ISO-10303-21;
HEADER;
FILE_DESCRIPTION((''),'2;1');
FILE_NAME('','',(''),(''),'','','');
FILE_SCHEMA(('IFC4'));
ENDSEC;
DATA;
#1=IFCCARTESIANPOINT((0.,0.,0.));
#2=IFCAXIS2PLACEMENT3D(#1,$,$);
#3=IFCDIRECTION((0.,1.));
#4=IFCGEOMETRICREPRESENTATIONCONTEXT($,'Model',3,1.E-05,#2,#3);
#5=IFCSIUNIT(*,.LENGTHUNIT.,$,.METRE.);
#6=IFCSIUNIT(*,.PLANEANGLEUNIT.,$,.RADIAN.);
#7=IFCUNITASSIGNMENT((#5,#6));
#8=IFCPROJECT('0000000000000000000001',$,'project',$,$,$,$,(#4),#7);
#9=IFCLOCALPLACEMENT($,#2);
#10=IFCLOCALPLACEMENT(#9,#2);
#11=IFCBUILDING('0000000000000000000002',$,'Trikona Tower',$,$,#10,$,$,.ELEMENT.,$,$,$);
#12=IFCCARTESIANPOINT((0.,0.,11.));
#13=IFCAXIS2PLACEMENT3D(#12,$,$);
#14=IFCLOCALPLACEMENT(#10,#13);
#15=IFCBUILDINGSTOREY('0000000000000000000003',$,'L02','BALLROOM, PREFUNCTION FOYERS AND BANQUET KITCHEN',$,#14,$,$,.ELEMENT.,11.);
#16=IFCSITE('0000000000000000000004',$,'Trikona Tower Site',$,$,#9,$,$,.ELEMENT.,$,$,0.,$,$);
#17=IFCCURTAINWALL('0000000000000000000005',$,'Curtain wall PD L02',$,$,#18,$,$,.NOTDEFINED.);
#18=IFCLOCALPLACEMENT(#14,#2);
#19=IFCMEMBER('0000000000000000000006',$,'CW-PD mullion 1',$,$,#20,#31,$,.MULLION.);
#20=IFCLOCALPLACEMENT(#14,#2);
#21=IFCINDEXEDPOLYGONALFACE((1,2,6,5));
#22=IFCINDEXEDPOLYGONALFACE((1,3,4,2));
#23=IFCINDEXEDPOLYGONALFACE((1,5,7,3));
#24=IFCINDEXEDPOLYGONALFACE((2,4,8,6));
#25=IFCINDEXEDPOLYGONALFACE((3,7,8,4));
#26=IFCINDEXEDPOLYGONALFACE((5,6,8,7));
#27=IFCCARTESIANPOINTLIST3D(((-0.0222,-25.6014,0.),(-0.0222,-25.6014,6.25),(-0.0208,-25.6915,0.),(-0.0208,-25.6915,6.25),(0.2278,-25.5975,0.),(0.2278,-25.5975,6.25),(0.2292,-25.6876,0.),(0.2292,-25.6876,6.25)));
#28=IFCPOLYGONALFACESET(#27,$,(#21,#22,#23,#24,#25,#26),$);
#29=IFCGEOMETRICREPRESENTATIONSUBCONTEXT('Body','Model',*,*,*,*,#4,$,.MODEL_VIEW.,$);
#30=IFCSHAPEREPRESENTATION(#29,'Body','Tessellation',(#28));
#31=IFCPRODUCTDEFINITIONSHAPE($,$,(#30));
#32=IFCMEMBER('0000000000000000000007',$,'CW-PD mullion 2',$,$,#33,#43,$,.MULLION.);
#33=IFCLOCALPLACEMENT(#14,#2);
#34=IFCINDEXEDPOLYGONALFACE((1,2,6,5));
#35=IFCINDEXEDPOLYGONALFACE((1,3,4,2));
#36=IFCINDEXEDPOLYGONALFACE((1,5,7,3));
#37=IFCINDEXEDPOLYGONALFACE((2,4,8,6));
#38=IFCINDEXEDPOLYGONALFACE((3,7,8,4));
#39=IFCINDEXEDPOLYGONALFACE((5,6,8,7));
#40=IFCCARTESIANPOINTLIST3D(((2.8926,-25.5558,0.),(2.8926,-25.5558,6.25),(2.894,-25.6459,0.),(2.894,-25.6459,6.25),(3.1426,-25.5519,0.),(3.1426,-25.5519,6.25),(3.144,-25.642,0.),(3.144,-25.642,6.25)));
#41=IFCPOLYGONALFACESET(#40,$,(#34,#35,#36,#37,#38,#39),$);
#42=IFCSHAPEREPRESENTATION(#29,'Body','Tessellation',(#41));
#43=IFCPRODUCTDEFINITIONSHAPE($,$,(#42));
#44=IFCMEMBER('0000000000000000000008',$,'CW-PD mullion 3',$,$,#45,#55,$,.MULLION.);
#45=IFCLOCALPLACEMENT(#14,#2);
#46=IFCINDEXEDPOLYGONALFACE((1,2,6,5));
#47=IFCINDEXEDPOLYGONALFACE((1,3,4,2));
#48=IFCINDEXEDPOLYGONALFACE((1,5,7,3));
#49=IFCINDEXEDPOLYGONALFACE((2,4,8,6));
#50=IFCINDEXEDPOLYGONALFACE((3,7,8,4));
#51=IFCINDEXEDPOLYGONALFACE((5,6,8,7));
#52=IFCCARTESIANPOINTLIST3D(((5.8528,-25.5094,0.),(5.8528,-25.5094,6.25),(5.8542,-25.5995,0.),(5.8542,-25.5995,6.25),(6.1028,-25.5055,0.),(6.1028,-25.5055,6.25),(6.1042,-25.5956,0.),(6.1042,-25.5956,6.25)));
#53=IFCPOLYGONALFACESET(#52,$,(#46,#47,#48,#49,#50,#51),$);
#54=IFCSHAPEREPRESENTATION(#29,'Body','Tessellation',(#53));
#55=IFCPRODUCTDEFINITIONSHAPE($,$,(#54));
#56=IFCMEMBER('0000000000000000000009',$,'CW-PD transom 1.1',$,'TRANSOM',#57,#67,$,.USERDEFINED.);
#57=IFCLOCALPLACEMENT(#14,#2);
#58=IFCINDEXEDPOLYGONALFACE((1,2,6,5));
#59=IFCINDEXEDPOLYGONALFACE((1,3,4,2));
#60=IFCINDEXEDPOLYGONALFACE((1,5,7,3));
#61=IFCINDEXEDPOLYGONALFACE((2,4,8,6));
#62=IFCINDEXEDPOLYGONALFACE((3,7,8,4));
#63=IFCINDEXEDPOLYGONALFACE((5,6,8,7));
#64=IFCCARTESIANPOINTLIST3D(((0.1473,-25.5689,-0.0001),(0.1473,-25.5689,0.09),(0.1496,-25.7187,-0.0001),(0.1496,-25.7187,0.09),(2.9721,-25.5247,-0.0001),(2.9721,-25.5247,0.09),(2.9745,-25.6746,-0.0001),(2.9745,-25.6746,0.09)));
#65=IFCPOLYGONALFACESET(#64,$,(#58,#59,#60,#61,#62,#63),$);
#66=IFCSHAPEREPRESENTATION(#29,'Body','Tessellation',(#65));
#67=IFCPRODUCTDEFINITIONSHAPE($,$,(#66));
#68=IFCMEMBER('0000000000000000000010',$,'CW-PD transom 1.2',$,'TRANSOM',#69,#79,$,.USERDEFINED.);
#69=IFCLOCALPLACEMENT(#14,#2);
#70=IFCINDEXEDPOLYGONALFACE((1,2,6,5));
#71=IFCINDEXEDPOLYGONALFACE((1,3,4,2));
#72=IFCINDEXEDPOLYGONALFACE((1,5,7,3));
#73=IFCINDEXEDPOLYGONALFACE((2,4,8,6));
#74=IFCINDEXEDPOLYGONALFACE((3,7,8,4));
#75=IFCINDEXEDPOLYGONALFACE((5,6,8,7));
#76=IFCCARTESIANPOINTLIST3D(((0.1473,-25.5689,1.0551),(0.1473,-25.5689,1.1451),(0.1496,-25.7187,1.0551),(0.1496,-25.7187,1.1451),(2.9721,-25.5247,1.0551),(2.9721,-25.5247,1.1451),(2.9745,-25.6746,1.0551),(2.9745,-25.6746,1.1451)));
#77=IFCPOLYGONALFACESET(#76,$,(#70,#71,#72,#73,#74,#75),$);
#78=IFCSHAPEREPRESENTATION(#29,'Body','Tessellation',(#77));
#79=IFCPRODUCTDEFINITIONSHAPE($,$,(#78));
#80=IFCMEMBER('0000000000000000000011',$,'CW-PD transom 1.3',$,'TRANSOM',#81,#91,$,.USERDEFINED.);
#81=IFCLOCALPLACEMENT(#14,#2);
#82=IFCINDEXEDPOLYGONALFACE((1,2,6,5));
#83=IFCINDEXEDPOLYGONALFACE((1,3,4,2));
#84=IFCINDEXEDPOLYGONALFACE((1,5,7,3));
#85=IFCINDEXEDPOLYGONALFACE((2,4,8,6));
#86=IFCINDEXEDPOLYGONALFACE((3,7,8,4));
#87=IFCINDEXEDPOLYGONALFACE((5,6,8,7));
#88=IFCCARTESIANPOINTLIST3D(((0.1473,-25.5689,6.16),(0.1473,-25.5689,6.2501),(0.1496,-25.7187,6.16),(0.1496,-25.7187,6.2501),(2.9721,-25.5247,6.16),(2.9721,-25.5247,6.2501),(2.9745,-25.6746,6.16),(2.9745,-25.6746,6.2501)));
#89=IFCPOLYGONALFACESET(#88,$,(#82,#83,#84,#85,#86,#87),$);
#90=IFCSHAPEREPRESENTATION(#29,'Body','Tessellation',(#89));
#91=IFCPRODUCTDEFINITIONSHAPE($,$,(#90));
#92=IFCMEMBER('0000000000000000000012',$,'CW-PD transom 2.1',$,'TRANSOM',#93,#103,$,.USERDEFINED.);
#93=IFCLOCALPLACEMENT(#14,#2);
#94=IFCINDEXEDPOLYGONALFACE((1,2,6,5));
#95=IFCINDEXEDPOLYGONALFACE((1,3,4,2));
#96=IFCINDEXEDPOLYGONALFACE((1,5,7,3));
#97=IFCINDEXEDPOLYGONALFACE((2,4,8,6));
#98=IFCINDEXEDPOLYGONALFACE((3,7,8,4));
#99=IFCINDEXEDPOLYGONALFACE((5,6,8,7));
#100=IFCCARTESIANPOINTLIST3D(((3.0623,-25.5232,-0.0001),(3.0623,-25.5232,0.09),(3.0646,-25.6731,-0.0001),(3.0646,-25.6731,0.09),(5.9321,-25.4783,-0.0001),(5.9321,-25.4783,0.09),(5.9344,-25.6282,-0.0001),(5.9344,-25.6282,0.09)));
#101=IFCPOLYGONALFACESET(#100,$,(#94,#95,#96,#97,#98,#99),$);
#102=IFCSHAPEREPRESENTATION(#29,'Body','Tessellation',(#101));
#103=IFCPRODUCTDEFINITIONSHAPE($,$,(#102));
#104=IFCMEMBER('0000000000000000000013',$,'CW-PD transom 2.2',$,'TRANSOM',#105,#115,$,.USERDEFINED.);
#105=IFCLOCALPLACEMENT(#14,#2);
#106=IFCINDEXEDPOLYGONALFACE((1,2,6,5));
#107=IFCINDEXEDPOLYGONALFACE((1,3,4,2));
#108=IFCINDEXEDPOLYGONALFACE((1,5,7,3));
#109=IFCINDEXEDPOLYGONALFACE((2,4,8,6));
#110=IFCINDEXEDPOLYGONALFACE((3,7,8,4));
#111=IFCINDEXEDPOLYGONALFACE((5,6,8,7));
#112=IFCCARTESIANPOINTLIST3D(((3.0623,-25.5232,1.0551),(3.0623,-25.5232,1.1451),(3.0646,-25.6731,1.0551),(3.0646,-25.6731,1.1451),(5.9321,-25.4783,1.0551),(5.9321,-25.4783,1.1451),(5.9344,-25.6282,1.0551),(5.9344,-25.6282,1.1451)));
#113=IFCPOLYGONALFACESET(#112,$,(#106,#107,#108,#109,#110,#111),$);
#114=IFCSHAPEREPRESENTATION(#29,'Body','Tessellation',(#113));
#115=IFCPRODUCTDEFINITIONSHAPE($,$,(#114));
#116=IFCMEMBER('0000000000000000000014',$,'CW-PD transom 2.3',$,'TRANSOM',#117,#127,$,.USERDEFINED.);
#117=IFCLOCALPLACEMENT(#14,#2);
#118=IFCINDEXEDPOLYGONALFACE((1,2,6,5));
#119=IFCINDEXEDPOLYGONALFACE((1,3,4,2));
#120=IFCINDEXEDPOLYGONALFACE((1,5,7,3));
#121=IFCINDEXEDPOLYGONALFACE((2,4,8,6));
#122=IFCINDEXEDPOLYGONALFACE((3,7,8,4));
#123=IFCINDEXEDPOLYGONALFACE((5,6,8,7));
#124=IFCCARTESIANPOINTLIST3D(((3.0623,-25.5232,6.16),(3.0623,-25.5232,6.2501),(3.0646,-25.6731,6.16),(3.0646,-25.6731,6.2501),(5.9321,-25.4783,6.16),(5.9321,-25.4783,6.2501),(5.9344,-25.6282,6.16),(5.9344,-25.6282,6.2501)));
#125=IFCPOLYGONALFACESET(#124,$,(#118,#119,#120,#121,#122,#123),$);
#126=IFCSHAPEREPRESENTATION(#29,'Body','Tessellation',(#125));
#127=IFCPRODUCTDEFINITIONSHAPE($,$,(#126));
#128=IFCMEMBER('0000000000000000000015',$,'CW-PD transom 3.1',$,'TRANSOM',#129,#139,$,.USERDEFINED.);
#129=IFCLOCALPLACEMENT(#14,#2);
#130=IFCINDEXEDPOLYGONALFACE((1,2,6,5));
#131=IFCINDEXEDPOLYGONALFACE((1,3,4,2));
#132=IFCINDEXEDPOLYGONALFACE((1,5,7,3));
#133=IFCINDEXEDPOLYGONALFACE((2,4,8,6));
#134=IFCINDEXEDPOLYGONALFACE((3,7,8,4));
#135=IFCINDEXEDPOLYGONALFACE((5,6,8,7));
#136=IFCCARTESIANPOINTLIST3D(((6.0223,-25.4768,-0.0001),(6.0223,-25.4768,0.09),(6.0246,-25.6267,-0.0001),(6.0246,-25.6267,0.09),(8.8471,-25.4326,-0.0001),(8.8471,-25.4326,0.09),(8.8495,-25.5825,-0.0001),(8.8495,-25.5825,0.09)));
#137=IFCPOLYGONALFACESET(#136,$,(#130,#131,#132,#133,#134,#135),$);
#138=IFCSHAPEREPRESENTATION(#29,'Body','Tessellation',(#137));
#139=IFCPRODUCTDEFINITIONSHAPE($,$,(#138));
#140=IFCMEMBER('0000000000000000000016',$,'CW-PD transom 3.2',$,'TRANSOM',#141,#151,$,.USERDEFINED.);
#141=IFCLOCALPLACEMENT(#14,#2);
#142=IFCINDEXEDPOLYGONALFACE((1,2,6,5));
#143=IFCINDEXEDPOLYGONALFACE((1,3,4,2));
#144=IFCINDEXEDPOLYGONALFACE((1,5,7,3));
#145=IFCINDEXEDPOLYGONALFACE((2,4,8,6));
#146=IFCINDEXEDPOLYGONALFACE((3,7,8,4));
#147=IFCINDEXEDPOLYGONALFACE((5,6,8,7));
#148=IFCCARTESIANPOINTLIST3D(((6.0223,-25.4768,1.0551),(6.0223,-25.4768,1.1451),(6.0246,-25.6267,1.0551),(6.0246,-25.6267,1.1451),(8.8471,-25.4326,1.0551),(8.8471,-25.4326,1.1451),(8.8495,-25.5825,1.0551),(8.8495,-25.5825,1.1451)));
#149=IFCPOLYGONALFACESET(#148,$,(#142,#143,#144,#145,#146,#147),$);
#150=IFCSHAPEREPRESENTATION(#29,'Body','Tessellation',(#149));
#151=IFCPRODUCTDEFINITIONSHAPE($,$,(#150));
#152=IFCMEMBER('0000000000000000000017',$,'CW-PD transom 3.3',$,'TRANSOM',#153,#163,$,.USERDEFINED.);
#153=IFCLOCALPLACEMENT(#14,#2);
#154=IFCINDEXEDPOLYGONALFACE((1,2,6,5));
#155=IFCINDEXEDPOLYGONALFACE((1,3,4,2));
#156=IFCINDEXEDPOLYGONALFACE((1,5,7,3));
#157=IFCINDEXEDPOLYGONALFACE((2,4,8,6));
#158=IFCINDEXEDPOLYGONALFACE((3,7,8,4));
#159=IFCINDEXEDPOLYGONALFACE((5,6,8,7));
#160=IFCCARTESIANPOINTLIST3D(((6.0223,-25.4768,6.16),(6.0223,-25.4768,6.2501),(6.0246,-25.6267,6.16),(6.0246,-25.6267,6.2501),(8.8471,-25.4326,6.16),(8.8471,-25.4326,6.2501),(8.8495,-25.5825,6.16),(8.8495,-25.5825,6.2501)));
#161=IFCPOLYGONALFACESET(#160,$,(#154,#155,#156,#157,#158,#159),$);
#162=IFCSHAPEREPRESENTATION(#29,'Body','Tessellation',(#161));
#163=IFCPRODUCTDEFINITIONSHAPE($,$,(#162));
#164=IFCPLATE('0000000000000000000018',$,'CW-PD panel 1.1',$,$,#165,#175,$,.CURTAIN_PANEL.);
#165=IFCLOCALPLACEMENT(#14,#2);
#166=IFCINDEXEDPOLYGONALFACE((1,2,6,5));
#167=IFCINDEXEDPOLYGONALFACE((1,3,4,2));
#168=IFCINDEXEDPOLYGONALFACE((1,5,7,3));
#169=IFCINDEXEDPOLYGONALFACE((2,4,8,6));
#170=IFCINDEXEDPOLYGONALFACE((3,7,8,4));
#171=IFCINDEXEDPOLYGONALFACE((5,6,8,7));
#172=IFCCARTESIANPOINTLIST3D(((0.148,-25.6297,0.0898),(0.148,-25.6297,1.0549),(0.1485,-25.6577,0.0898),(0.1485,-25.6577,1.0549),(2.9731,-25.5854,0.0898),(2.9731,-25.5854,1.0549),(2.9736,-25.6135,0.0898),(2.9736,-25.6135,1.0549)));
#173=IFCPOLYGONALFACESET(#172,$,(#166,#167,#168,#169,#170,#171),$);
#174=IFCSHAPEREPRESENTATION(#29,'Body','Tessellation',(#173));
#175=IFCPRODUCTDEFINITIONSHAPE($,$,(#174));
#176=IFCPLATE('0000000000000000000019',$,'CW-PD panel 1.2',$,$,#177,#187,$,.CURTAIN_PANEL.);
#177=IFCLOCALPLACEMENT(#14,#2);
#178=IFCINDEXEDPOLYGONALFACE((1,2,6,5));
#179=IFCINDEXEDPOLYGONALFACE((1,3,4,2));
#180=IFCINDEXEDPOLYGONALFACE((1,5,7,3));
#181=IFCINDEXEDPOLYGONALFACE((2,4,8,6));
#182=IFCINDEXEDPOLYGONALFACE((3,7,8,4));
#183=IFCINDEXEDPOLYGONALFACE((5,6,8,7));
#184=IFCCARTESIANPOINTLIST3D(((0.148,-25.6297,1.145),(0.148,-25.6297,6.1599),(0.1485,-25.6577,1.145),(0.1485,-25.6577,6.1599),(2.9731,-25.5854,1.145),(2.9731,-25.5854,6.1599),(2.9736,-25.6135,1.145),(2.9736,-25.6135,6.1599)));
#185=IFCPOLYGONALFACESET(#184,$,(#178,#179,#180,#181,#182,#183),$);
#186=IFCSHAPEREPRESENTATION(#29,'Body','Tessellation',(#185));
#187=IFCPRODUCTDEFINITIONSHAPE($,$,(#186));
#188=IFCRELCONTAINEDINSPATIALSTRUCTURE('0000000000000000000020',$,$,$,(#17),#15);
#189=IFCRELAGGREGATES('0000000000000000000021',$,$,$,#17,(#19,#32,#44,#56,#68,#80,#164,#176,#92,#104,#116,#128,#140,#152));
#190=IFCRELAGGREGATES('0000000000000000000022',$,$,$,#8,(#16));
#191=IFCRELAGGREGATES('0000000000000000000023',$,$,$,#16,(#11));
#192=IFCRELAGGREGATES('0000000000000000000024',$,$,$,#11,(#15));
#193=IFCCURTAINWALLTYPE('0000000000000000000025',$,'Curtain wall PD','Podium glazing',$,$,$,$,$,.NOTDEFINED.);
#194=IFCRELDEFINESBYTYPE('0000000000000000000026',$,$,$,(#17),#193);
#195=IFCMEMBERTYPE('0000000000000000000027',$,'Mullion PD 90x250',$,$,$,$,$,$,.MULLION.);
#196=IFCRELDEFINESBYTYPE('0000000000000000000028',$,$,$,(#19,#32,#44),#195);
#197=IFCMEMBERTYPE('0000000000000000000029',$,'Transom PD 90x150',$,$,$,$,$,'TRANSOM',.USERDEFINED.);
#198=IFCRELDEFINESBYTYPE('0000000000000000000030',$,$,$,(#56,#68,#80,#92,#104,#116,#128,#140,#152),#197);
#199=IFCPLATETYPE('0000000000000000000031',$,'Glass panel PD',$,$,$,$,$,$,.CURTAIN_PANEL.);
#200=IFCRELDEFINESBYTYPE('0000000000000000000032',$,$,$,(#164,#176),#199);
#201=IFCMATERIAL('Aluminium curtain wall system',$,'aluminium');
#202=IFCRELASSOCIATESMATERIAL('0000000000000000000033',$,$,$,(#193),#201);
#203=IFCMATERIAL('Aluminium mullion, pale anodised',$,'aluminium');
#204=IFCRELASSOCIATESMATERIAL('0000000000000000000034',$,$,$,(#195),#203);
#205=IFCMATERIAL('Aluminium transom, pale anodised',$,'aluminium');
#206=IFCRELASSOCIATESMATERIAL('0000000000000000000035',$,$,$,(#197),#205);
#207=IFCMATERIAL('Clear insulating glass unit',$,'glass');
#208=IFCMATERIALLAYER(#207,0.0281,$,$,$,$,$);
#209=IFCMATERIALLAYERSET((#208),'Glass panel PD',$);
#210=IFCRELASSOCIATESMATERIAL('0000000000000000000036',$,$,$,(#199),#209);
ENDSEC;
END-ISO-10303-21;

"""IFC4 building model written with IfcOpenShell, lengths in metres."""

from ifc_helpers import new_model, si_unit, direction, frame, origin, origin_2d, place, context, subcontext, project, spatial, rectangle, extrude, material, layer, layer_set, material_profile, profile_set, type_object, element, aggregate, save


model = new_model("IFC4")

# Units and contexts
model_context = context("Model", 3, precision=1e-05, world=origin(), true_north=direction((0.0, 1.0)))
body_context = subcontext(model_context, "Body", "Model", "MODEL_VIEW")
ifc_project = project(units=[si_unit("LENGTHUNIT", "METRE"), si_unit("PLANEANGLEUNIT", "RADIAN")], contexts=[model_context])

# Site, building, storey
site_placement = place(None, origin())
site = spatial("IfcSite", under=ifc_project, at=site_placement, Name="Trikona Tower Site", CompositionType="ELEMENT", RefElevation=0.0)
building_placement = place(site_placement, origin())
building = spatial("IfcBuilding", under=site, at=building_placement, Name="Trikona Tower", CompositionType="ELEMENT")
storey_placement = place(building_placement, frame((0.0, 0.0, 11.0)))
storey = spatial("IfcBuildingStorey", under=building, at=storey_placement, Name="L02", Description="BALLROOM, PREFUNCTION FOYERS AND BANQUET KITCHEN", CompositionType="ELEMENT", Elevation=11.0)

# Curtain wall, members, plates
ifc_material_1 = material(Name="Aluminium curtain wall system", Category="aluminium")
curtain_wall_type = type_object("IfcCurtainWallType", Name="Curtain wall PD", Description="Podium glazing", PredefinedType="NOTDEFINED", material=ifc_material_1)
curtain_wall_placement = place(storey_placement, origin())
curtain_wall = element("IfcCurtainWall", 1, at=curtain_wall_placement, inside=storey, type_object=curtain_wall_type, Name="Curtain wall PD L02", PredefinedType="NOTDEFINED")
ifc_material_2 = material(Name="Aluminium mullion, pale anodised", Category="aluminium")
ifc_material_profile_1 = material_profile(ifc_material_2, rectangle(XDim=0.0901, YDim=0.25, at=origin_2d()), Name="MUL-PD")
ifc_profile_set_1 = profile_set([ifc_material_profile_1], Name="Aluminium mullion, pale anodised")
member_type_1 = type_object("IfcMemberType", Name="Mullion PD 90x250", PredefinedType="MULLION", material=ifc_profile_set_1)
member_1_placement = place(storey_placement, frame((0.1035, -25.6445, 0.0), z_axis=(0.0, 0.0, 1.0), x_axis=(-0.015651, 0.999878, 0.0)))
member_1 = element("IfcMember", 2, at=member_1_placement, type_object=member_type_1, Name="CW-PD mullion 1", PredefinedType="MULLION", context=body_context, shape_type="SweptSolid", body=[
    extrude(rectangle(XDim=0.0901, YDim=0.25, at=origin_2d()), origin(), (0.0, 0.0, 1.0), 6.25),
])
member_2_placement = place(storey_placement, frame((3.0183, -25.5989, 0.0), z_axis=(0.0, 0.0, 1.0), x_axis=(-0.015651, 0.999878, 0.0)))
member_2 = element("IfcMember", 3, at=member_2_placement, type_object=member_type_1, Name="CW-PD mullion 2", PredefinedType="MULLION", context=body_context, shape_type="SweptSolid", body=[
    extrude(rectangle(XDim=0.0901, YDim=0.25, at=origin_2d()), origin(), (0.0, 0.0, 1.0), 6.25),
])
member_3_placement = place(storey_placement, frame((5.9785, -25.5525, 0.0), z_axis=(0.0, 0.0, 1.0), x_axis=(-0.015651, 0.999878, 0.0)))
member_3 = element("IfcMember", 4, at=member_3_placement, type_object=member_type_1, Name="CW-PD mullion 3", PredefinedType="MULLION", context=body_context, shape_type="SweptSolid", body=[
    extrude(rectangle(XDim=0.0901, YDim=0.25, at=origin_2d()), origin(), (0.0, 0.0, 1.0), 6.25),
])
ifc_material_3 = material(Name="Aluminium transom, pale anodised", Category="aluminium")
ifc_material_profile_2 = material_profile(ifc_material_3, rectangle(XDim=0.1499, YDim=0.0901, at=origin_2d()), Name="TRN-PD")
ifc_profile_set_2 = profile_set([ifc_material_profile_2], Name="Aluminium transom, pale anodised")
member_type_2 = type_object("IfcMemberType", Name="Transom PD 90x150", ElementType="TRANSOM", PredefinedType="USERDEFINED", material=ifc_profile_set_2)
member_4_placement = place(storey_placement, frame((0.1484, -25.6438, 0.0449), z_axis=(0.999878, 0.015641, 0.0), x_axis=(-0.015641, 0.999878, 0.0)))
member_4 = element("IfcMember", 5, at=member_4_placement, type_object=member_type_2, Name="CW-PD transom 1.1", ObjectType="TRANSOM", PredefinedType="USERDEFINED", context=body_context, shape_type="SweptSolid", body=[
    extrude(rectangle(XDim=0.1499, YDim=0.0901, at=origin_2d()), origin(), (0.0, 0.0, 1.0), 2.8252),
])
member_5_placement = place(storey_placement, frame((0.1484, -25.6438, 1.1001), z_axis=(0.999878, 0.015641, 0.0), x_axis=(-0.015641, 0.999878, 0.0)))
member_5 = element("IfcMember", 6, at=member_5_placement, type_object=member_type_2, Name="CW-PD transom 1.2", ObjectType="TRANSOM", PredefinedType="USERDEFINED", context=body_context, shape_type="SweptSolid", body=[
    extrude(rectangle(XDim=0.1499, YDim=0.0901, at=origin_2d()), origin(), (0.0, 0.0, 1.0), 2.8252),
])
member_6_placement = place(storey_placement, frame((0.1484, -25.6438, 6.2051), z_axis=(0.999878, 0.015641, 0.0), x_axis=(-0.015641, 0.999878, 0.0)))
member_6 = element("IfcMember", 7, at=member_6_placement, type_object=member_type_2, Name="CW-PD transom 1.3", ObjectType="TRANSOM", PredefinedType="USERDEFINED", context=body_context, shape_type="SweptSolid", body=[
    extrude(rectangle(XDim=0.1499, YDim=0.0901, at=origin_2d()), origin(), (0.0, 0.0, 1.0), 2.8252),
])
member_7_placement = place(storey_placement, frame((3.0635, -25.5981, 0.0449), z_axis=(0.999878, 0.015651, 0.0), x_axis=(-0.015651, 0.999878, 0.0)))
member_7 = element("IfcMember", 8, at=member_7_placement, type_object=member_type_2, Name="CW-PD transom 2.1", ObjectType="TRANSOM", PredefinedType="USERDEFINED", context=body_context, shape_type="SweptSolid", body=[
    extrude(rectangle(XDim=0.1499, YDim=0.0901, at=origin_2d()), origin(), (0.0, 0.0, 1.0), 2.8701),
])
member_8_placement = place(storey_placement, frame((3.0635, -25.5981, 1.1001), z_axis=(0.999878, 0.015651, 0.0), x_axis=(-0.015651, 0.999878, 0.0)))
member_8 = element("IfcMember", 9, at=member_8_placement, type_object=member_type_2, Name="CW-PD transom 2.2", ObjectType="TRANSOM", PredefinedType="USERDEFINED", context=body_context, shape_type="SweptSolid", body=[
    extrude(rectangle(XDim=0.1499, YDim=0.0901, at=origin_2d()), origin(), (0.0, 0.0, 1.0), 2.8701),
])
member_9_placement = place(storey_placement, frame((3.0635, -25.5981, 6.2051), z_axis=(0.999878, 0.015651, 0.0), x_axis=(-0.015651, 0.999878, 0.0)))
member_9 = element("IfcMember", 10, at=member_9_placement, type_object=member_type_2, Name="CW-PD transom 2.3", ObjectType="TRANSOM", PredefinedType="USERDEFINED", context=body_context, shape_type="SweptSolid", body=[
    extrude(rectangle(XDim=0.1499, YDim=0.0901, at=origin_2d()), origin(), (0.0, 0.0, 1.0), 2.8701),
])
member_10_placement = place(storey_placement, frame((6.0234, -25.5518, 0.0449), z_axis=(0.999878, 0.015641, 0.0), x_axis=(-0.015641, 0.999878, 0.0)))
member_10 = element("IfcMember", 11, at=member_10_placement, type_object=member_type_2, Name="CW-PD transom 3.1", ObjectType="TRANSOM", PredefinedType="USERDEFINED", context=body_context, shape_type="SweptSolid", body=[
    extrude(rectangle(XDim=0.1499, YDim=0.0901, at=origin_2d()), origin(), (0.0, 0.0, 1.0), 2.8252),
])
member_11_placement = place(storey_placement, frame((6.0234, -25.5518, 1.1001), z_axis=(0.999878, 0.015641, 0.0), x_axis=(-0.015641, 0.999878, 0.0)))
member_11 = element("IfcMember", 12, at=member_11_placement, type_object=member_type_2, Name="CW-PD transom 3.2", ObjectType="TRANSOM", PredefinedType="USERDEFINED", context=body_context, shape_type="SweptSolid", body=[
    extrude(rectangle(XDim=0.1499, YDim=0.0901, at=origin_2d()), origin(), (0.0, 0.0, 1.0), 2.8252),
])
member_12_placement = place(storey_placement, frame((6.0234, -25.5518, 6.2051), z_axis=(0.999878, 0.015641, 0.0), x_axis=(-0.015641, 0.999878, 0.0)))
member_12 = element("IfcMember", 13, at=member_12_placement, type_object=member_type_2, Name="CW-PD transom 3.3", ObjectType="TRANSOM", PredefinedType="USERDEFINED", context=body_context, shape_type="SweptSolid", body=[
    extrude(rectangle(XDim=0.1499, YDim=0.0901, at=origin_2d()), origin(), (0.0, 0.0, 1.0), 2.8252),
])
ifc_material_4 = material(Name="Clear insulating glass unit", Category="glass")
ifc_layer = layer(ifc_material_4, 0.0281)
ifc_layer_set = layer_set([ifc_layer], Name="Glass panel PD")
plate_type = type_object("IfcPlateType", Name="Glass panel PD", PredefinedType="CURTAIN_PANEL", material=ifc_layer_set)
plate_1_placement = place(storey_placement, frame((1.5608, -25.6216, 0.0898), z_axis=(0.0, 0.0, 1.0), x_axis=(0.999878, 0.015651, 0.0)))
plate_1 = element("IfcPlate", 14, at=plate_1_placement, type_object=plate_type, Name="CW-PD panel 1.1", PredefinedType="CURTAIN_PANEL", context=body_context, shape_type="SweptSolid", body=[
    extrude(rectangle(XDim=2.8254, YDim=0.0281, at=origin_2d()), origin(), (0.0, 0.0, 1.0), 0.9651),
])
plate_2_placement = place(storey_placement, frame((1.5608, -25.6216, 1.145), z_axis=(0.0, 0.0, 1.0), x_axis=(0.999878, 0.015651, 0.0)))
plate_2 = element("IfcPlate", 15, at=plate_2_placement, type_object=plate_type, Name="CW-PD panel 1.2", PredefinedType="CURTAIN_PANEL", context=body_context, shape_type="SweptSolid", body=[
    extrude(rectangle(XDim=2.8254, YDim=0.0281, at=origin_2d()), origin(), (0.0, 0.0, 1.0), 5.0149),
])
aggregate(curtain_wall, [member_1, member_2, member_3, member_4, member_5, member_6, plate_1, plate_2, member_7, member_8, member_9, member_10, member_11, member_12])

save(model, "model.ifc")
